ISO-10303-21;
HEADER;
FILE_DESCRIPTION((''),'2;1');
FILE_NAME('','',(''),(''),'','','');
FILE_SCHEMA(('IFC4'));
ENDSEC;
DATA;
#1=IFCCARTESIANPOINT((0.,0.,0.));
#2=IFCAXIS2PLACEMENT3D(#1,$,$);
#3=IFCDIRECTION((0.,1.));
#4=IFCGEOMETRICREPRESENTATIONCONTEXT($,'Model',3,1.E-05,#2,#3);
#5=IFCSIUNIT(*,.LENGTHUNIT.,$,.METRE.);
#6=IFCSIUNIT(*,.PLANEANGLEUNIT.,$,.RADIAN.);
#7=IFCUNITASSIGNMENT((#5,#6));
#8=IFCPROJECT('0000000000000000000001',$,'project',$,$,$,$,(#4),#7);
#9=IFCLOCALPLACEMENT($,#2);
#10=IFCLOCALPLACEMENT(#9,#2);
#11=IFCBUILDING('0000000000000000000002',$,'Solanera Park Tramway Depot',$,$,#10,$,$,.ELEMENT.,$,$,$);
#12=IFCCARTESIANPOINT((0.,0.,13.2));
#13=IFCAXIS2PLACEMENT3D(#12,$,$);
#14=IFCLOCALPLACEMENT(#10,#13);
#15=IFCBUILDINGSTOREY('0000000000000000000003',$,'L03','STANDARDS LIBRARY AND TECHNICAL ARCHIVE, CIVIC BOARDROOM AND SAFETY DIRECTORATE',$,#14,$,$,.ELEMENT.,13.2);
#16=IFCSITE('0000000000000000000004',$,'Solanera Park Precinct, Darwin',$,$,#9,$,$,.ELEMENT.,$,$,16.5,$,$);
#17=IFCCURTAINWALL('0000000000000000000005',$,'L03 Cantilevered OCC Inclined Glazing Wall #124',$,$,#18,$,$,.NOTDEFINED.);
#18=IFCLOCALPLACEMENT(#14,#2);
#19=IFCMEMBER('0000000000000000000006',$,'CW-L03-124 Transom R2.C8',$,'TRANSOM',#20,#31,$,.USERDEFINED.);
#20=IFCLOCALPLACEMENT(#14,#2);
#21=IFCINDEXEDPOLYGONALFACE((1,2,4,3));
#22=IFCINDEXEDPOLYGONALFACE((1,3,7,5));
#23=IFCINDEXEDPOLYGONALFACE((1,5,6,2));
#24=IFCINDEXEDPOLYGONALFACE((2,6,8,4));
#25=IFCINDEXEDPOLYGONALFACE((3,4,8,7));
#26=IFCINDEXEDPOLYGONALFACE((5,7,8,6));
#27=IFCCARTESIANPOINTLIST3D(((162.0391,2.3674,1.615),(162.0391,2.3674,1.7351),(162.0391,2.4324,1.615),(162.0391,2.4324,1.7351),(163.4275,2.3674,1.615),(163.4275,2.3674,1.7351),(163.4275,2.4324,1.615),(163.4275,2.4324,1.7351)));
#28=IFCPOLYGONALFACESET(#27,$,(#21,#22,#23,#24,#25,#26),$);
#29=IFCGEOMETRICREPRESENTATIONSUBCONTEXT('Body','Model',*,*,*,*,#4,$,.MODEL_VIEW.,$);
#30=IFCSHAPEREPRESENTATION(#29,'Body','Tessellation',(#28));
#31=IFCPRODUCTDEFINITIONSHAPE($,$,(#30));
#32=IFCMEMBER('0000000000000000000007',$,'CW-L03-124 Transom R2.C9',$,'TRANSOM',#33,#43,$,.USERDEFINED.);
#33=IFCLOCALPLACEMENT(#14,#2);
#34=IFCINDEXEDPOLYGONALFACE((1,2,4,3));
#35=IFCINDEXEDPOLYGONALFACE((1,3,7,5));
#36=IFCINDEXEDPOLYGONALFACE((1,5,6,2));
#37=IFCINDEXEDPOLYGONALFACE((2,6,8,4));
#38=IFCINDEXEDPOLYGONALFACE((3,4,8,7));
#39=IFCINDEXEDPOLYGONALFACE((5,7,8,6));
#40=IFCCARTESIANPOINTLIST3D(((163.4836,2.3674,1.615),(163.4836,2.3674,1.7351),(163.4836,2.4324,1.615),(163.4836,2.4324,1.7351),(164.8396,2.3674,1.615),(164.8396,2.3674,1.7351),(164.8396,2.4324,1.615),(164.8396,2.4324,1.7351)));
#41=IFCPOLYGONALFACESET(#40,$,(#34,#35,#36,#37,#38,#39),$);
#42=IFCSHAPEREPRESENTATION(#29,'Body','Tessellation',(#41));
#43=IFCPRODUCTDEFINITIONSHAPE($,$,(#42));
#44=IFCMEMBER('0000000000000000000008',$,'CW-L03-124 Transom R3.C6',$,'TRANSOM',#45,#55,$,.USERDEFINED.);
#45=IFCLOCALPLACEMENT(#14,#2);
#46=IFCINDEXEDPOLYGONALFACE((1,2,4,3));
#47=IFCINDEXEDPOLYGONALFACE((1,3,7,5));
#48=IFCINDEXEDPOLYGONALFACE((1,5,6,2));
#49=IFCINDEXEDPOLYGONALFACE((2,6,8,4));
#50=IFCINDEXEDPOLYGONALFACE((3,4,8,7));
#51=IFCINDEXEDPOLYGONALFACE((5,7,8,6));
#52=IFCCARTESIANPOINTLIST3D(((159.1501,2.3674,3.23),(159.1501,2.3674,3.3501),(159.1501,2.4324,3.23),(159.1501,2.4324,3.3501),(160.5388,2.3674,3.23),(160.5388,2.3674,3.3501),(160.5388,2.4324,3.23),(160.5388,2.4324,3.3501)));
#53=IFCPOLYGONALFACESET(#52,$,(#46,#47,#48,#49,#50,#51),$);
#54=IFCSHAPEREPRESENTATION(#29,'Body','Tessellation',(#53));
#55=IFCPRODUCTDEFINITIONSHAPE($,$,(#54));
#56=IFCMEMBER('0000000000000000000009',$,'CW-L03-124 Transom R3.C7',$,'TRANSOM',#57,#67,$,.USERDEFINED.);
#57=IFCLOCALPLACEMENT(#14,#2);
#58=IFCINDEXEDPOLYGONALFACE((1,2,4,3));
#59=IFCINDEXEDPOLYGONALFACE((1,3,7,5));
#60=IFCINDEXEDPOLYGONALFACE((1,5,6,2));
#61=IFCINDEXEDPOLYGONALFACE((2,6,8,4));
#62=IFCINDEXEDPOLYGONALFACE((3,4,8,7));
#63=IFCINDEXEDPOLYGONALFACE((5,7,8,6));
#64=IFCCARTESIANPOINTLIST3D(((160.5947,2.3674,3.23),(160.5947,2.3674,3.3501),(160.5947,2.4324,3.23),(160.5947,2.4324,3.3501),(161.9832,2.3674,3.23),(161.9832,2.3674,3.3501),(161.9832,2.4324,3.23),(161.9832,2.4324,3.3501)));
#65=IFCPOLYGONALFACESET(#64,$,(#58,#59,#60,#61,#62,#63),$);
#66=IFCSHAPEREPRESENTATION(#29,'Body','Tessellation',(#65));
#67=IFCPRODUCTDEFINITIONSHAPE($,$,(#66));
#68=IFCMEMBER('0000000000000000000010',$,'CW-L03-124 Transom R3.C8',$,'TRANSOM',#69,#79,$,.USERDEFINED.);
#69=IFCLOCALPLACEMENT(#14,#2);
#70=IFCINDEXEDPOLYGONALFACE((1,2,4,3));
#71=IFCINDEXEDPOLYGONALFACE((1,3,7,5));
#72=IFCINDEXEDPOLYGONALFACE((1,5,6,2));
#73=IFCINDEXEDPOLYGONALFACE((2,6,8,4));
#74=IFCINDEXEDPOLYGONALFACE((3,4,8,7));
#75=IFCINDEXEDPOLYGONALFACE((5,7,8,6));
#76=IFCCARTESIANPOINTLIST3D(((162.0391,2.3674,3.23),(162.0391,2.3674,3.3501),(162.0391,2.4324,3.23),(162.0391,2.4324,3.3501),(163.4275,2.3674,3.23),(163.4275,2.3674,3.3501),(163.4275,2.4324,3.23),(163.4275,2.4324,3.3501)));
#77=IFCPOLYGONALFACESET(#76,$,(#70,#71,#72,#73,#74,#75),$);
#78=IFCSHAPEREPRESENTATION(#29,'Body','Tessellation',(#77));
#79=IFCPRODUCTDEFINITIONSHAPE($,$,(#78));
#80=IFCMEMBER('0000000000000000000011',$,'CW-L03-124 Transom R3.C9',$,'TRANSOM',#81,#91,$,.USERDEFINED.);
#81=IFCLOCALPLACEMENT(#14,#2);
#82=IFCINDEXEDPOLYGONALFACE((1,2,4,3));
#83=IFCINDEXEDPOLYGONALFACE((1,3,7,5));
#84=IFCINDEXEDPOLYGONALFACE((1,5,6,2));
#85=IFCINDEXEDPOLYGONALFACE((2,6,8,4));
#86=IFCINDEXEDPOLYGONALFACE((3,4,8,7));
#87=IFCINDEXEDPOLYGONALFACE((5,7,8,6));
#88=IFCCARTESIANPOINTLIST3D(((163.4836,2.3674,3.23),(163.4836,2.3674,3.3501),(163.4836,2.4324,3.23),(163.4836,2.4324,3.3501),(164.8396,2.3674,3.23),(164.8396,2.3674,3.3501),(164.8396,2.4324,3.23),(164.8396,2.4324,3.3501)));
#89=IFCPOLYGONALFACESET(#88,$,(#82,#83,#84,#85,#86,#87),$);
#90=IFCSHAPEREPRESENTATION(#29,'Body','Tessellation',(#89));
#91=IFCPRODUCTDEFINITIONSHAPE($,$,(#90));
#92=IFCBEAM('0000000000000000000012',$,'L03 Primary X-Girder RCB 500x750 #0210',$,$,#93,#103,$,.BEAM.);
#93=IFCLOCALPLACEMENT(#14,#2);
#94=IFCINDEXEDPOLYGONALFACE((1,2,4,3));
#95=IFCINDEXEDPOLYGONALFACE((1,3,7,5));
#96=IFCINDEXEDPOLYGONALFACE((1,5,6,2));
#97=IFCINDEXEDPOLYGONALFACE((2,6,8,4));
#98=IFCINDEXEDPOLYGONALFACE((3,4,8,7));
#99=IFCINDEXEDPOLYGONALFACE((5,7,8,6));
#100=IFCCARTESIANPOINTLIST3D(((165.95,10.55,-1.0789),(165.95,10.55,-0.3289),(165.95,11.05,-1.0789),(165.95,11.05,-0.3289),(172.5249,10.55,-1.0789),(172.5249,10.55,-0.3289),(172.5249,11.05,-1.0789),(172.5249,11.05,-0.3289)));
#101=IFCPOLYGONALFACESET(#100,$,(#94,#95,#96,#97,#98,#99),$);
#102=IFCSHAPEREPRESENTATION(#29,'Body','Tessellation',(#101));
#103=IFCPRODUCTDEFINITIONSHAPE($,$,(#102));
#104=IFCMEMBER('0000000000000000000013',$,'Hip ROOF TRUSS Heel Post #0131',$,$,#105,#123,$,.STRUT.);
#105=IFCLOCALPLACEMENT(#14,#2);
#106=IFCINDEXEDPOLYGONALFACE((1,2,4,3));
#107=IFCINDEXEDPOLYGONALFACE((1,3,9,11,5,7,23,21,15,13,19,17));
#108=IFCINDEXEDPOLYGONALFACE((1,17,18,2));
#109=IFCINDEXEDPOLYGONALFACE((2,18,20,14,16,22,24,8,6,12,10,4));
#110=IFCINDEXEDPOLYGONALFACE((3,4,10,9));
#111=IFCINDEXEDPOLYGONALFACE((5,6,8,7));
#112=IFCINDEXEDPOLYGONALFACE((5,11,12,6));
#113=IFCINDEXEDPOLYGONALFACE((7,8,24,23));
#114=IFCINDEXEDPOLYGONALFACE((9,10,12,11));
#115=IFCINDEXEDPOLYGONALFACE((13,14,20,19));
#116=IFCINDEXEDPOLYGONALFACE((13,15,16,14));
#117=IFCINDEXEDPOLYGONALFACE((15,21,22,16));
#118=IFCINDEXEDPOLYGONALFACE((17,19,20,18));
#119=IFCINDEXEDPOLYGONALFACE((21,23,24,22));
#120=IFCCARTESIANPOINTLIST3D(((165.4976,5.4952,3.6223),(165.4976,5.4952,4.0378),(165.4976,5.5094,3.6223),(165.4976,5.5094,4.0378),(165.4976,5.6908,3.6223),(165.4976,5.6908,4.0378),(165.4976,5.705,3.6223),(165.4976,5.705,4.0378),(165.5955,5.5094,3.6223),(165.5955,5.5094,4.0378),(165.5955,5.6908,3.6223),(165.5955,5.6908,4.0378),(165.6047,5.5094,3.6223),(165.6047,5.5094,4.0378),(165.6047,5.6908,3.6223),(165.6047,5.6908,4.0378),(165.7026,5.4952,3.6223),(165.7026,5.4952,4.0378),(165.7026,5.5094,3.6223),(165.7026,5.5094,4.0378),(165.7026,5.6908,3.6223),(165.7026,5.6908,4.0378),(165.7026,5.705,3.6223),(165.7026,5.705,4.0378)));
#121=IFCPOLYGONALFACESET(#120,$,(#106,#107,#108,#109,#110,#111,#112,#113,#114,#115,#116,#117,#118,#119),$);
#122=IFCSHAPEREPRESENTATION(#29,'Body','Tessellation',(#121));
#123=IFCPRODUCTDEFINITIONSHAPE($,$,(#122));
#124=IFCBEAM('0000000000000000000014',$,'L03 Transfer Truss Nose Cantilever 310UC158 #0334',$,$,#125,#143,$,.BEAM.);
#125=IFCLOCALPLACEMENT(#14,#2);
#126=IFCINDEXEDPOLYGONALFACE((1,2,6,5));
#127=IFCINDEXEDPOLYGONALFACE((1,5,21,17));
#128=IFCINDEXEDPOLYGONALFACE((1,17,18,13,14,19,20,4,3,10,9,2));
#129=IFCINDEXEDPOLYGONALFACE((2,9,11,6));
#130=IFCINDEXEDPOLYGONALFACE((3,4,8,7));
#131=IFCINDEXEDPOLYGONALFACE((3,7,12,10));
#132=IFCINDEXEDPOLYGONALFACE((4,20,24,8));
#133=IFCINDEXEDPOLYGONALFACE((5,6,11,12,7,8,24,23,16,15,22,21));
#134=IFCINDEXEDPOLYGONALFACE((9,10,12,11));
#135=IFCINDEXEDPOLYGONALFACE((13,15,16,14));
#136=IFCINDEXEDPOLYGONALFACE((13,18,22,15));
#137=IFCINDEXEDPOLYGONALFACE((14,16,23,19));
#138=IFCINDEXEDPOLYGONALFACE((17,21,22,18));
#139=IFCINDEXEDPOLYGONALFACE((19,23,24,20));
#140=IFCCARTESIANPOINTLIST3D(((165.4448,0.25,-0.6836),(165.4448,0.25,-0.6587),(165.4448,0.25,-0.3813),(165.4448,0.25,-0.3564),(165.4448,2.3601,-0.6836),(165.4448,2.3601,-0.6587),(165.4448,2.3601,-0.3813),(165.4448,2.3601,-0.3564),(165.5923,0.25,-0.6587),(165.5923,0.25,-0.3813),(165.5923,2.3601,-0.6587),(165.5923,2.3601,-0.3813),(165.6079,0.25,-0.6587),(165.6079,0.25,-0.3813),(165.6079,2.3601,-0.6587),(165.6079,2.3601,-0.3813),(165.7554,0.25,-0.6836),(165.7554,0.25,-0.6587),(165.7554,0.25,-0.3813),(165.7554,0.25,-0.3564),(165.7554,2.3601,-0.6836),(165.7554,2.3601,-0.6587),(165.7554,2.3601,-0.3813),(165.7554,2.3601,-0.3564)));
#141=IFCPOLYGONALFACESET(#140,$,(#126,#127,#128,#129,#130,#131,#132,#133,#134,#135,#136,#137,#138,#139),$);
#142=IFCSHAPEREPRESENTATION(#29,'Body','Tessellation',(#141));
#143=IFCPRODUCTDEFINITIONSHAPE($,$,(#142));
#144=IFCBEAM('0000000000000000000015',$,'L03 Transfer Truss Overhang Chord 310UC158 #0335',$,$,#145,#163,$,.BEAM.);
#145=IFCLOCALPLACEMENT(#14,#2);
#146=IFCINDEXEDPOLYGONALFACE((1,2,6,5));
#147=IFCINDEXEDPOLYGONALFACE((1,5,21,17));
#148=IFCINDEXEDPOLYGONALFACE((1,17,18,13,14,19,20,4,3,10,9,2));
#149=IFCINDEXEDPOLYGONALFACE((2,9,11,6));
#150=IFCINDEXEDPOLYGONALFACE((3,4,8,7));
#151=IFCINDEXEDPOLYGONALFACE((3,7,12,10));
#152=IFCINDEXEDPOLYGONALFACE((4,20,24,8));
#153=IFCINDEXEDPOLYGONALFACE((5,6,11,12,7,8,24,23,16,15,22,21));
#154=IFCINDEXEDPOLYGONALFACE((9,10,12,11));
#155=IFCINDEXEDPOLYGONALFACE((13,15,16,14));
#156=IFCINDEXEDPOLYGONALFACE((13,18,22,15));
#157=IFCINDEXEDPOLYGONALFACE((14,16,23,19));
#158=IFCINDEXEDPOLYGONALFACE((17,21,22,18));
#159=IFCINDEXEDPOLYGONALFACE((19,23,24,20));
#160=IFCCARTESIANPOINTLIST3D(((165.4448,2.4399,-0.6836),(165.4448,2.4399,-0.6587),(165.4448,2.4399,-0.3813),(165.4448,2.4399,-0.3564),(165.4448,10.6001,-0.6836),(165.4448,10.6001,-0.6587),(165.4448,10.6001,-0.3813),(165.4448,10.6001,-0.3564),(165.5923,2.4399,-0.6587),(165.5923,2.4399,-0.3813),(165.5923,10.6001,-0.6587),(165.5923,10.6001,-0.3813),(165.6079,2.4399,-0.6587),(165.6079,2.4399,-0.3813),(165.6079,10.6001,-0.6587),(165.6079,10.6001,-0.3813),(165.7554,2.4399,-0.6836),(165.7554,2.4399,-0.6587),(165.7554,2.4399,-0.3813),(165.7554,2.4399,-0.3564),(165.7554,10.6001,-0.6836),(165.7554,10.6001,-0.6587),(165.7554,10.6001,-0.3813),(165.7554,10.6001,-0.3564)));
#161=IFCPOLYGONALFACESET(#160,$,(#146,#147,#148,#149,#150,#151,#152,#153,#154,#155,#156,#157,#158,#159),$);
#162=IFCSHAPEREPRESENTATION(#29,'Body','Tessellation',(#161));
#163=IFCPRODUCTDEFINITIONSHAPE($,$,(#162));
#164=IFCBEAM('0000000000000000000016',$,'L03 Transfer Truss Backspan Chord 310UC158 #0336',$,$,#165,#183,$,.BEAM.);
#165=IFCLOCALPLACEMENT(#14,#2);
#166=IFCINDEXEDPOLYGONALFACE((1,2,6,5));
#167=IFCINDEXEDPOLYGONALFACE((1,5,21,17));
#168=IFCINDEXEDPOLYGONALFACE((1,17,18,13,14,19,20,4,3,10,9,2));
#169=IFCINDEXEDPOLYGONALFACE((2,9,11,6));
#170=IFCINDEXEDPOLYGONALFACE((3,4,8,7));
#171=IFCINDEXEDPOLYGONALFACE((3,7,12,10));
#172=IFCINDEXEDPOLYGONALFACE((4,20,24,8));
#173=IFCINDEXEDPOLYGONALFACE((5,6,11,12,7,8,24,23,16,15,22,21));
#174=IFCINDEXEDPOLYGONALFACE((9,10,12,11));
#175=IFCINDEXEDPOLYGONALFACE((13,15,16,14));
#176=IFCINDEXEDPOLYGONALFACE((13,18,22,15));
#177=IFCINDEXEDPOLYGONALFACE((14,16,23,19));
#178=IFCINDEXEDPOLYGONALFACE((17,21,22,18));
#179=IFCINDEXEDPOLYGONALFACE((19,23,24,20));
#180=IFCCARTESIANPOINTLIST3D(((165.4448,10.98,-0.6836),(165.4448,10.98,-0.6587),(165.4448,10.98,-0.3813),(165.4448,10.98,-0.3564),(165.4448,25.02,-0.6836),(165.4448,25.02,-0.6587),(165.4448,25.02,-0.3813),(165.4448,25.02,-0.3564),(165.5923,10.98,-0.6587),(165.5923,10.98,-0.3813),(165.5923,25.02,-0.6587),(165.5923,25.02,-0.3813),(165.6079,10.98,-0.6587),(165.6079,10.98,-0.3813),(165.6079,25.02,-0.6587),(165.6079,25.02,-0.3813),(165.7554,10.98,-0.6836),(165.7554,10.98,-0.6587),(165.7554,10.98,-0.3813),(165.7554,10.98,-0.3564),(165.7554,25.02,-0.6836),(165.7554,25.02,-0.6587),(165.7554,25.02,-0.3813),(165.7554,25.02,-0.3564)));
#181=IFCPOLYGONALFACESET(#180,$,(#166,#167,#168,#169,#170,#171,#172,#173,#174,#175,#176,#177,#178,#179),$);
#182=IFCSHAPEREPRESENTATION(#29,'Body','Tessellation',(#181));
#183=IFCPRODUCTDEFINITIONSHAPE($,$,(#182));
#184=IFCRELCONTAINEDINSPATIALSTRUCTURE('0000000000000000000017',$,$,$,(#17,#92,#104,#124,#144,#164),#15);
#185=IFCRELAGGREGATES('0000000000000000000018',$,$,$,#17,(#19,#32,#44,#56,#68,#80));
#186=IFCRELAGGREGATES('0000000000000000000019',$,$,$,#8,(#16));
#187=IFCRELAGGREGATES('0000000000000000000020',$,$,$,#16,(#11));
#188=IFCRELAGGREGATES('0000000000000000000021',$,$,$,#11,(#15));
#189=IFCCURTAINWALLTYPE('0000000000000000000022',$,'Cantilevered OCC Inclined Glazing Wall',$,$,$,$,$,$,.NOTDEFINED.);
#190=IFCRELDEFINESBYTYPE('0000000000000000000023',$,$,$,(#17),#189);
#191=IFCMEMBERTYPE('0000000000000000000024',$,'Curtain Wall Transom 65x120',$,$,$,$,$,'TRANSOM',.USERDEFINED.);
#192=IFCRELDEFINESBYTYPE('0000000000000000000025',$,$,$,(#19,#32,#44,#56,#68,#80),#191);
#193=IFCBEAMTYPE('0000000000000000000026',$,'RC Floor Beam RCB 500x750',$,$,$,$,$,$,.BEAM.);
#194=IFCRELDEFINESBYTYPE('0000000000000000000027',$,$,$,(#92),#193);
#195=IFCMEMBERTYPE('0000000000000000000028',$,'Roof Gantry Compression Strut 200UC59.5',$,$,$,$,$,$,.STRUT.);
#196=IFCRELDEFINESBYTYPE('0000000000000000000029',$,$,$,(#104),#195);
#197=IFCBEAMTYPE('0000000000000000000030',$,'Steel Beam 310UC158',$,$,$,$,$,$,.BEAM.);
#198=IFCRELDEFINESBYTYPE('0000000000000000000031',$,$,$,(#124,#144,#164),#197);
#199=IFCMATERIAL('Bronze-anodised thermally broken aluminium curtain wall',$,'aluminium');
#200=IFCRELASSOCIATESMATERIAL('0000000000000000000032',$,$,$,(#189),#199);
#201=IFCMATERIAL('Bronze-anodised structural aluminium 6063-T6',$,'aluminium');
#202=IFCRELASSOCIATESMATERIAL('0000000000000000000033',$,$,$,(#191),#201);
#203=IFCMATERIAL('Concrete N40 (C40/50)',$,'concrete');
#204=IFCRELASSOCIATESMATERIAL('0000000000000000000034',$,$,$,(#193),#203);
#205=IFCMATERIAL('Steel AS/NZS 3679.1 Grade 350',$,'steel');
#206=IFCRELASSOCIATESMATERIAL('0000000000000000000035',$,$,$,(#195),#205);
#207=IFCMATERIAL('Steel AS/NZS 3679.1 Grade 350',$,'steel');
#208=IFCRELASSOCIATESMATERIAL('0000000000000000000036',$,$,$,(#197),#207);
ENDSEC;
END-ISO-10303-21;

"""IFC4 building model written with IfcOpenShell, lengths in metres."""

from ifc_helpers import new_model, si_unit, direction, frame, origin, origin_2d, place, context, subcontext, project, spatial, rectangle, i_section, extrude, material, material_profile, profile_set, type_object, element, aggregate, save


model = new_model("IFC4")

# Units and contexts
model_context = context("Model", 3, precision=1e-05, world=origin(), true_north=direction((0.0, 1.0)))
body_context = subcontext(model_context, "Body", "Model", "MODEL_VIEW")
ifc_project = project(units=[si_unit("LENGTHUNIT", "METRE"), si_unit("PLANEANGLEUNIT", "RADIAN")], contexts=[model_context])

# Site, building, storey
site_placement = place(None, origin())
site = spatial("IfcSite", under=ifc_project, at=site_placement, Name="Solanera Park Precinct, Darwin", CompositionType="ELEMENT", RefElevation=16.5)
building_placement = place(site_placement, origin())
building = spatial("IfcBuilding", under=site, at=building_placement, Name="Solanera Park Tramway Depot", CompositionType="ELEMENT")
storey_placement = place(building_placement, frame((0.0, 0.0, 13.2)))
storey = spatial("IfcBuildingStorey", under=building, at=storey_placement, Name="L03", Description="STANDARDS LIBRARY AND TECHNICAL ARCHIVE, CIVIC BOARDROOM AND SAFETY DIRECTORATE", CompositionType="ELEMENT", Elevation=13.2)

# Curtain wall
ifc_material_1 = material(Name="Bronze-anodised thermally broken aluminium curtain wall", Category="aluminium")
curtain_wall_type = type_object("IfcCurtainWallType", Name="Cantilevered OCC Inclined Glazing Wall", PredefinedType="NOTDEFINED", material=ifc_material_1)
curtain_wall_1_placement = place(storey_placement, origin())
curtain_wall_1 = element("IfcCurtainWall", 1, at=curtain_wall_1_placement, inside=storey, type_object=curtain_wall_type, Name="L03 Cantilevered OCC Inclined Glazing Wall #124", PredefinedType="NOTDEFINED")

# Members
ifc_material_2 = material(Name="Bronze-anodised structural aluminium 6063-T6", Category="aluminium")
ifc_material_profile_1 = material_profile(ifc_material_2, rectangle(XDim=0.0649, YDim=0.1201, at=origin_2d()), Name="Curtain Wall Transom 65x120")
ifc_profile_set_1 = profile_set([ifc_material_profile_1], Name="Bronze-anodised structural aluminium 6063-T6")
member_type_1 = type_object("IfcMemberType", Name="Curtain Wall Transom 65x120", ElementType="TRANSOM", PredefinedType="USERDEFINED", material=ifc_profile_set_1)
member_1_placement = place(storey_placement, frame((162.0391, 2.3999, 1.675), z_axis=(1.0, 0.0, 0.0), x_axis=(0.0, 1.0, 0.0)))
member_1 = element("IfcMember", 2, at=member_1_placement, type_object=member_type_1, Name="CW-L03-124 Transom R2.C8", ObjectType="TRANSOM", PredefinedType="USERDEFINED", context=body_context, shape_type="SweptSolid", body=[
    extrude(rectangle(XDim=0.0649, YDim=0.1201, at=origin_2d()), origin(), (0.0, 0.0, 1.0), 1.3884),
])
member_2_placement = place(storey_placement, frame((163.4836, 2.3999, 1.675), z_axis=(1.0, 0.0, 0.0), x_axis=(0.0, 1.0, 0.0)))
member_2 = element("IfcMember", 3, at=member_2_placement, type_object=member_type_1, Name="CW-L03-124 Transom R2.C9", ObjectType="TRANSOM", PredefinedType="USERDEFINED", context=body_context, shape_type="SweptSolid", body=[
    extrude(rectangle(XDim=0.0649, YDim=0.1201, at=origin_2d()), origin(), (0.0, 0.0, 1.0), 1.356),
])
member_3_placement = place(storey_placement, frame((159.1501, 2.3999, 3.29), z_axis=(1.0, 0.0, 0.0), x_axis=(0.0, 1.0, 0.0)))
member_3 = element("IfcMember", 4, at=member_3_placement, type_object=member_type_1, Name="CW-L03-124 Transom R3.C6", ObjectType="TRANSOM", PredefinedType="USERDEFINED", context=body_context, shape_type="SweptSolid", body=[
    extrude(rectangle(XDim=0.0649, YDim=0.1201, at=origin_2d()), origin(), (0.0, 0.0, 1.0), 1.3887),
])
member_4_placement = place(storey_placement, frame((160.5947, 2.3999, 3.29), z_axis=(1.0, 0.0, 0.0), x_axis=(0.0, 1.0, 0.0)))
member_4 = element("IfcMember", 5, at=member_4_placement, type_object=member_type_1, Name="CW-L03-124 Transom R3.C7", ObjectType="TRANSOM", PredefinedType="USERDEFINED", context=body_context, shape_type="SweptSolid", body=[
    extrude(rectangle(XDim=0.0649, YDim=0.1201, at=origin_2d()), origin(), (0.0, 0.0, 1.0), 1.3884),
])
member_5_placement = place(storey_placement, frame((162.0391, 2.3999, 3.29), z_axis=(1.0, 0.0, 0.0), x_axis=(0.0, 1.0, 0.0)))
member_5 = element("IfcMember", 6, at=member_5_placement, type_object=member_type_1, Name="CW-L03-124 Transom R3.C8", ObjectType="TRANSOM", PredefinedType="USERDEFINED", context=body_context, shape_type="SweptSolid", body=[
    extrude(rectangle(XDim=0.0649, YDim=0.1201, at=origin_2d()), origin(), (0.0, 0.0, 1.0), 1.3884),
])
member_6_placement = place(storey_placement, frame((163.4836, 2.3999, 3.29), z_axis=(1.0, 0.0, 0.0), x_axis=(0.0, 1.0, 0.0)))
member_6 = element("IfcMember", 7, at=member_6_placement, type_object=member_type_1, Name="CW-L03-124 Transom R3.C9", ObjectType="TRANSOM", PredefinedType="USERDEFINED", context=body_context, shape_type="SweptSolid", body=[
    extrude(rectangle(XDim=0.0649, YDim=0.1201, at=origin_2d()), origin(), (0.0, 0.0, 1.0), 1.356),
])

# Beam
ifc_material_3 = material(Name="Concrete N40 (C40/50)", Category="concrete")
ifc_material_profile_2 = material_profile(ifc_material_3, rectangle(XDim=0.5, YDim=0.75, at=origin_2d()), Name="RCB 500x750")
ifc_profile_set_2 = profile_set([ifc_material_profile_2], Name="Concrete N40 (C40/50)")
beam_type_1 = type_object("IfcBeamType", Name="RC Floor Beam RCB 500x750", PredefinedType="BEAM", material=ifc_profile_set_2)
beam_1_placement = place(storey_placement, frame((165.95, 10.8, -0.7039), z_axis=(1.0, 0.0, 0.0), x_axis=(0.0, 1.0, 0.0)))
element("IfcBeam", 8, at=beam_1_placement, inside=storey, type_object=beam_type_1, Name="L03 Primary X-Girder RCB 500x750 #0210", PredefinedType="BEAM", context=body_context, shape_type="SweptSolid", body=[
    extrude(rectangle(XDim=0.5, YDim=0.75, at=origin_2d()), origin(), (0.0, 0.0, 1.0), 6.575),
])

# Member
ifc_material_4 = material(Name="Steel AS/NZS 3679.1 Grade 350", Category="steel")
ifc_material_profile_3 = material_profile(ifc_material_4, i_section(OverallWidth=0.2051, OverallDepth=0.2097, WebThickness=0.0093, FlangeThickness=0.0142, at=origin_2d()), Name="200UC59.5")
ifc_profile_set_3 = profile_set([ifc_material_profile_3], Name="Steel AS/NZS 3679.1 Grade 350")
member_type_2 = type_object("IfcMemberType", Name="Roof Gantry Compression Strut 200UC59.5", PredefinedType="STRUT", material=ifc_profile_set_3)
member_7_placement = place(storey_placement, frame((165.6001, 5.6001, 3.6223), z_axis=(0.0, 0.0, 1.0), x_axis=(1.0, 0.0, 0.0)))
element("IfcMember", 9, at=member_7_placement, inside=storey, type_object=member_type_2, Name="Hip ROOF TRUSS Heel Post #0131", PredefinedType="STRUT", context=body_context, shape_type="SweptSolid", body=[
    extrude(i_section(OverallWidth=0.2051, OverallDepth=0.2097, WebThickness=0.0093, FlangeThickness=0.0142, at=origin_2d()), origin(), (0.0, 0.0, 1.0), 0.4155),
])

# Beams
ifc_material_5 = material(Name="Steel AS/NZS 3679.1 Grade 350", Category="steel")
ifc_material_profile_4 = material_profile(ifc_material_5, i_section(OverallWidth=0.3105, OverallDepth=0.3271, WebThickness=0.0156, FlangeThickness=0.0249, at=origin_2d()), Name="310UC158")
ifc_profile_set_4 = profile_set([ifc_material_profile_4], Name="Steel AS/NZS 3679.1 Grade 350")
beam_type_2 = type_object("IfcBeamType", Name="Steel Beam 310UC158", PredefinedType="BEAM", material=ifc_profile_set_4)
beam_2_placement = place(storey_placement, frame((165.6001, 0.25, -0.52), z_axis=(0.0, 1.0, 0.0), x_axis=(-1.0, 0.0, 0.0)))
element("IfcBeam", 10, at=beam_2_placement, inside=storey, type_object=beam_type_2, Name="L03 Transfer Truss Nose Cantilever 310UC158 #0334", PredefinedType="BEAM", context=body_context, shape_type="SweptSolid", body=[
    extrude(i_section(OverallWidth=0.3105, OverallDepth=0.3271, WebThickness=0.0156, FlangeThickness=0.0249, at=origin_2d()), origin(), (0.0, 0.0, 1.0), 2.1101),
])
beam_3_placement = place(storey_placement, frame((165.6001, 2.4399, -0.52), z_axis=(0.0, 1.0, 0.0), x_axis=(-1.0, 0.0, 0.0)))
element("IfcBeam", 11, at=beam_3_placement, inside=storey, type_object=beam_type_2, Name="L03 Transfer Truss Overhang Chord 310UC158 #0335", PredefinedType="BEAM", context=body_context, shape_type="SweptSolid", body=[
    extrude(i_section(OverallWidth=0.3105, OverallDepth=0.3271, WebThickness=0.0156, FlangeThickness=0.0249, at=origin_2d()), origin(), (0.0, 0.0, 1.0), 8.1602),
])
beam_4_placement = place(storey_placement, frame((165.6001, 10.98, -0.52), z_axis=(0.0, 1.0, 0.0), x_axis=(-1.0, 0.0, 0.0)))
element("IfcBeam", 12, at=beam_4_placement, inside=storey, type_object=beam_type_2, Name="L03 Transfer Truss Backspan Chord 310UC158 #0336", PredefinedType="BEAM", context=body_context, shape_type="SweptSolid", body=[
    extrude(i_section(OverallWidth=0.3105, OverallDepth=0.3271, WebThickness=0.0156, FlangeThickness=0.0249, at=origin_2d()), origin(), (0.0, 0.0, 1.0), 14.04),
])

aggregate(curtain_wall_1, [member_1, member_2, member_3, member_4, member_5, member_6])

save(model, "model.ifc")
